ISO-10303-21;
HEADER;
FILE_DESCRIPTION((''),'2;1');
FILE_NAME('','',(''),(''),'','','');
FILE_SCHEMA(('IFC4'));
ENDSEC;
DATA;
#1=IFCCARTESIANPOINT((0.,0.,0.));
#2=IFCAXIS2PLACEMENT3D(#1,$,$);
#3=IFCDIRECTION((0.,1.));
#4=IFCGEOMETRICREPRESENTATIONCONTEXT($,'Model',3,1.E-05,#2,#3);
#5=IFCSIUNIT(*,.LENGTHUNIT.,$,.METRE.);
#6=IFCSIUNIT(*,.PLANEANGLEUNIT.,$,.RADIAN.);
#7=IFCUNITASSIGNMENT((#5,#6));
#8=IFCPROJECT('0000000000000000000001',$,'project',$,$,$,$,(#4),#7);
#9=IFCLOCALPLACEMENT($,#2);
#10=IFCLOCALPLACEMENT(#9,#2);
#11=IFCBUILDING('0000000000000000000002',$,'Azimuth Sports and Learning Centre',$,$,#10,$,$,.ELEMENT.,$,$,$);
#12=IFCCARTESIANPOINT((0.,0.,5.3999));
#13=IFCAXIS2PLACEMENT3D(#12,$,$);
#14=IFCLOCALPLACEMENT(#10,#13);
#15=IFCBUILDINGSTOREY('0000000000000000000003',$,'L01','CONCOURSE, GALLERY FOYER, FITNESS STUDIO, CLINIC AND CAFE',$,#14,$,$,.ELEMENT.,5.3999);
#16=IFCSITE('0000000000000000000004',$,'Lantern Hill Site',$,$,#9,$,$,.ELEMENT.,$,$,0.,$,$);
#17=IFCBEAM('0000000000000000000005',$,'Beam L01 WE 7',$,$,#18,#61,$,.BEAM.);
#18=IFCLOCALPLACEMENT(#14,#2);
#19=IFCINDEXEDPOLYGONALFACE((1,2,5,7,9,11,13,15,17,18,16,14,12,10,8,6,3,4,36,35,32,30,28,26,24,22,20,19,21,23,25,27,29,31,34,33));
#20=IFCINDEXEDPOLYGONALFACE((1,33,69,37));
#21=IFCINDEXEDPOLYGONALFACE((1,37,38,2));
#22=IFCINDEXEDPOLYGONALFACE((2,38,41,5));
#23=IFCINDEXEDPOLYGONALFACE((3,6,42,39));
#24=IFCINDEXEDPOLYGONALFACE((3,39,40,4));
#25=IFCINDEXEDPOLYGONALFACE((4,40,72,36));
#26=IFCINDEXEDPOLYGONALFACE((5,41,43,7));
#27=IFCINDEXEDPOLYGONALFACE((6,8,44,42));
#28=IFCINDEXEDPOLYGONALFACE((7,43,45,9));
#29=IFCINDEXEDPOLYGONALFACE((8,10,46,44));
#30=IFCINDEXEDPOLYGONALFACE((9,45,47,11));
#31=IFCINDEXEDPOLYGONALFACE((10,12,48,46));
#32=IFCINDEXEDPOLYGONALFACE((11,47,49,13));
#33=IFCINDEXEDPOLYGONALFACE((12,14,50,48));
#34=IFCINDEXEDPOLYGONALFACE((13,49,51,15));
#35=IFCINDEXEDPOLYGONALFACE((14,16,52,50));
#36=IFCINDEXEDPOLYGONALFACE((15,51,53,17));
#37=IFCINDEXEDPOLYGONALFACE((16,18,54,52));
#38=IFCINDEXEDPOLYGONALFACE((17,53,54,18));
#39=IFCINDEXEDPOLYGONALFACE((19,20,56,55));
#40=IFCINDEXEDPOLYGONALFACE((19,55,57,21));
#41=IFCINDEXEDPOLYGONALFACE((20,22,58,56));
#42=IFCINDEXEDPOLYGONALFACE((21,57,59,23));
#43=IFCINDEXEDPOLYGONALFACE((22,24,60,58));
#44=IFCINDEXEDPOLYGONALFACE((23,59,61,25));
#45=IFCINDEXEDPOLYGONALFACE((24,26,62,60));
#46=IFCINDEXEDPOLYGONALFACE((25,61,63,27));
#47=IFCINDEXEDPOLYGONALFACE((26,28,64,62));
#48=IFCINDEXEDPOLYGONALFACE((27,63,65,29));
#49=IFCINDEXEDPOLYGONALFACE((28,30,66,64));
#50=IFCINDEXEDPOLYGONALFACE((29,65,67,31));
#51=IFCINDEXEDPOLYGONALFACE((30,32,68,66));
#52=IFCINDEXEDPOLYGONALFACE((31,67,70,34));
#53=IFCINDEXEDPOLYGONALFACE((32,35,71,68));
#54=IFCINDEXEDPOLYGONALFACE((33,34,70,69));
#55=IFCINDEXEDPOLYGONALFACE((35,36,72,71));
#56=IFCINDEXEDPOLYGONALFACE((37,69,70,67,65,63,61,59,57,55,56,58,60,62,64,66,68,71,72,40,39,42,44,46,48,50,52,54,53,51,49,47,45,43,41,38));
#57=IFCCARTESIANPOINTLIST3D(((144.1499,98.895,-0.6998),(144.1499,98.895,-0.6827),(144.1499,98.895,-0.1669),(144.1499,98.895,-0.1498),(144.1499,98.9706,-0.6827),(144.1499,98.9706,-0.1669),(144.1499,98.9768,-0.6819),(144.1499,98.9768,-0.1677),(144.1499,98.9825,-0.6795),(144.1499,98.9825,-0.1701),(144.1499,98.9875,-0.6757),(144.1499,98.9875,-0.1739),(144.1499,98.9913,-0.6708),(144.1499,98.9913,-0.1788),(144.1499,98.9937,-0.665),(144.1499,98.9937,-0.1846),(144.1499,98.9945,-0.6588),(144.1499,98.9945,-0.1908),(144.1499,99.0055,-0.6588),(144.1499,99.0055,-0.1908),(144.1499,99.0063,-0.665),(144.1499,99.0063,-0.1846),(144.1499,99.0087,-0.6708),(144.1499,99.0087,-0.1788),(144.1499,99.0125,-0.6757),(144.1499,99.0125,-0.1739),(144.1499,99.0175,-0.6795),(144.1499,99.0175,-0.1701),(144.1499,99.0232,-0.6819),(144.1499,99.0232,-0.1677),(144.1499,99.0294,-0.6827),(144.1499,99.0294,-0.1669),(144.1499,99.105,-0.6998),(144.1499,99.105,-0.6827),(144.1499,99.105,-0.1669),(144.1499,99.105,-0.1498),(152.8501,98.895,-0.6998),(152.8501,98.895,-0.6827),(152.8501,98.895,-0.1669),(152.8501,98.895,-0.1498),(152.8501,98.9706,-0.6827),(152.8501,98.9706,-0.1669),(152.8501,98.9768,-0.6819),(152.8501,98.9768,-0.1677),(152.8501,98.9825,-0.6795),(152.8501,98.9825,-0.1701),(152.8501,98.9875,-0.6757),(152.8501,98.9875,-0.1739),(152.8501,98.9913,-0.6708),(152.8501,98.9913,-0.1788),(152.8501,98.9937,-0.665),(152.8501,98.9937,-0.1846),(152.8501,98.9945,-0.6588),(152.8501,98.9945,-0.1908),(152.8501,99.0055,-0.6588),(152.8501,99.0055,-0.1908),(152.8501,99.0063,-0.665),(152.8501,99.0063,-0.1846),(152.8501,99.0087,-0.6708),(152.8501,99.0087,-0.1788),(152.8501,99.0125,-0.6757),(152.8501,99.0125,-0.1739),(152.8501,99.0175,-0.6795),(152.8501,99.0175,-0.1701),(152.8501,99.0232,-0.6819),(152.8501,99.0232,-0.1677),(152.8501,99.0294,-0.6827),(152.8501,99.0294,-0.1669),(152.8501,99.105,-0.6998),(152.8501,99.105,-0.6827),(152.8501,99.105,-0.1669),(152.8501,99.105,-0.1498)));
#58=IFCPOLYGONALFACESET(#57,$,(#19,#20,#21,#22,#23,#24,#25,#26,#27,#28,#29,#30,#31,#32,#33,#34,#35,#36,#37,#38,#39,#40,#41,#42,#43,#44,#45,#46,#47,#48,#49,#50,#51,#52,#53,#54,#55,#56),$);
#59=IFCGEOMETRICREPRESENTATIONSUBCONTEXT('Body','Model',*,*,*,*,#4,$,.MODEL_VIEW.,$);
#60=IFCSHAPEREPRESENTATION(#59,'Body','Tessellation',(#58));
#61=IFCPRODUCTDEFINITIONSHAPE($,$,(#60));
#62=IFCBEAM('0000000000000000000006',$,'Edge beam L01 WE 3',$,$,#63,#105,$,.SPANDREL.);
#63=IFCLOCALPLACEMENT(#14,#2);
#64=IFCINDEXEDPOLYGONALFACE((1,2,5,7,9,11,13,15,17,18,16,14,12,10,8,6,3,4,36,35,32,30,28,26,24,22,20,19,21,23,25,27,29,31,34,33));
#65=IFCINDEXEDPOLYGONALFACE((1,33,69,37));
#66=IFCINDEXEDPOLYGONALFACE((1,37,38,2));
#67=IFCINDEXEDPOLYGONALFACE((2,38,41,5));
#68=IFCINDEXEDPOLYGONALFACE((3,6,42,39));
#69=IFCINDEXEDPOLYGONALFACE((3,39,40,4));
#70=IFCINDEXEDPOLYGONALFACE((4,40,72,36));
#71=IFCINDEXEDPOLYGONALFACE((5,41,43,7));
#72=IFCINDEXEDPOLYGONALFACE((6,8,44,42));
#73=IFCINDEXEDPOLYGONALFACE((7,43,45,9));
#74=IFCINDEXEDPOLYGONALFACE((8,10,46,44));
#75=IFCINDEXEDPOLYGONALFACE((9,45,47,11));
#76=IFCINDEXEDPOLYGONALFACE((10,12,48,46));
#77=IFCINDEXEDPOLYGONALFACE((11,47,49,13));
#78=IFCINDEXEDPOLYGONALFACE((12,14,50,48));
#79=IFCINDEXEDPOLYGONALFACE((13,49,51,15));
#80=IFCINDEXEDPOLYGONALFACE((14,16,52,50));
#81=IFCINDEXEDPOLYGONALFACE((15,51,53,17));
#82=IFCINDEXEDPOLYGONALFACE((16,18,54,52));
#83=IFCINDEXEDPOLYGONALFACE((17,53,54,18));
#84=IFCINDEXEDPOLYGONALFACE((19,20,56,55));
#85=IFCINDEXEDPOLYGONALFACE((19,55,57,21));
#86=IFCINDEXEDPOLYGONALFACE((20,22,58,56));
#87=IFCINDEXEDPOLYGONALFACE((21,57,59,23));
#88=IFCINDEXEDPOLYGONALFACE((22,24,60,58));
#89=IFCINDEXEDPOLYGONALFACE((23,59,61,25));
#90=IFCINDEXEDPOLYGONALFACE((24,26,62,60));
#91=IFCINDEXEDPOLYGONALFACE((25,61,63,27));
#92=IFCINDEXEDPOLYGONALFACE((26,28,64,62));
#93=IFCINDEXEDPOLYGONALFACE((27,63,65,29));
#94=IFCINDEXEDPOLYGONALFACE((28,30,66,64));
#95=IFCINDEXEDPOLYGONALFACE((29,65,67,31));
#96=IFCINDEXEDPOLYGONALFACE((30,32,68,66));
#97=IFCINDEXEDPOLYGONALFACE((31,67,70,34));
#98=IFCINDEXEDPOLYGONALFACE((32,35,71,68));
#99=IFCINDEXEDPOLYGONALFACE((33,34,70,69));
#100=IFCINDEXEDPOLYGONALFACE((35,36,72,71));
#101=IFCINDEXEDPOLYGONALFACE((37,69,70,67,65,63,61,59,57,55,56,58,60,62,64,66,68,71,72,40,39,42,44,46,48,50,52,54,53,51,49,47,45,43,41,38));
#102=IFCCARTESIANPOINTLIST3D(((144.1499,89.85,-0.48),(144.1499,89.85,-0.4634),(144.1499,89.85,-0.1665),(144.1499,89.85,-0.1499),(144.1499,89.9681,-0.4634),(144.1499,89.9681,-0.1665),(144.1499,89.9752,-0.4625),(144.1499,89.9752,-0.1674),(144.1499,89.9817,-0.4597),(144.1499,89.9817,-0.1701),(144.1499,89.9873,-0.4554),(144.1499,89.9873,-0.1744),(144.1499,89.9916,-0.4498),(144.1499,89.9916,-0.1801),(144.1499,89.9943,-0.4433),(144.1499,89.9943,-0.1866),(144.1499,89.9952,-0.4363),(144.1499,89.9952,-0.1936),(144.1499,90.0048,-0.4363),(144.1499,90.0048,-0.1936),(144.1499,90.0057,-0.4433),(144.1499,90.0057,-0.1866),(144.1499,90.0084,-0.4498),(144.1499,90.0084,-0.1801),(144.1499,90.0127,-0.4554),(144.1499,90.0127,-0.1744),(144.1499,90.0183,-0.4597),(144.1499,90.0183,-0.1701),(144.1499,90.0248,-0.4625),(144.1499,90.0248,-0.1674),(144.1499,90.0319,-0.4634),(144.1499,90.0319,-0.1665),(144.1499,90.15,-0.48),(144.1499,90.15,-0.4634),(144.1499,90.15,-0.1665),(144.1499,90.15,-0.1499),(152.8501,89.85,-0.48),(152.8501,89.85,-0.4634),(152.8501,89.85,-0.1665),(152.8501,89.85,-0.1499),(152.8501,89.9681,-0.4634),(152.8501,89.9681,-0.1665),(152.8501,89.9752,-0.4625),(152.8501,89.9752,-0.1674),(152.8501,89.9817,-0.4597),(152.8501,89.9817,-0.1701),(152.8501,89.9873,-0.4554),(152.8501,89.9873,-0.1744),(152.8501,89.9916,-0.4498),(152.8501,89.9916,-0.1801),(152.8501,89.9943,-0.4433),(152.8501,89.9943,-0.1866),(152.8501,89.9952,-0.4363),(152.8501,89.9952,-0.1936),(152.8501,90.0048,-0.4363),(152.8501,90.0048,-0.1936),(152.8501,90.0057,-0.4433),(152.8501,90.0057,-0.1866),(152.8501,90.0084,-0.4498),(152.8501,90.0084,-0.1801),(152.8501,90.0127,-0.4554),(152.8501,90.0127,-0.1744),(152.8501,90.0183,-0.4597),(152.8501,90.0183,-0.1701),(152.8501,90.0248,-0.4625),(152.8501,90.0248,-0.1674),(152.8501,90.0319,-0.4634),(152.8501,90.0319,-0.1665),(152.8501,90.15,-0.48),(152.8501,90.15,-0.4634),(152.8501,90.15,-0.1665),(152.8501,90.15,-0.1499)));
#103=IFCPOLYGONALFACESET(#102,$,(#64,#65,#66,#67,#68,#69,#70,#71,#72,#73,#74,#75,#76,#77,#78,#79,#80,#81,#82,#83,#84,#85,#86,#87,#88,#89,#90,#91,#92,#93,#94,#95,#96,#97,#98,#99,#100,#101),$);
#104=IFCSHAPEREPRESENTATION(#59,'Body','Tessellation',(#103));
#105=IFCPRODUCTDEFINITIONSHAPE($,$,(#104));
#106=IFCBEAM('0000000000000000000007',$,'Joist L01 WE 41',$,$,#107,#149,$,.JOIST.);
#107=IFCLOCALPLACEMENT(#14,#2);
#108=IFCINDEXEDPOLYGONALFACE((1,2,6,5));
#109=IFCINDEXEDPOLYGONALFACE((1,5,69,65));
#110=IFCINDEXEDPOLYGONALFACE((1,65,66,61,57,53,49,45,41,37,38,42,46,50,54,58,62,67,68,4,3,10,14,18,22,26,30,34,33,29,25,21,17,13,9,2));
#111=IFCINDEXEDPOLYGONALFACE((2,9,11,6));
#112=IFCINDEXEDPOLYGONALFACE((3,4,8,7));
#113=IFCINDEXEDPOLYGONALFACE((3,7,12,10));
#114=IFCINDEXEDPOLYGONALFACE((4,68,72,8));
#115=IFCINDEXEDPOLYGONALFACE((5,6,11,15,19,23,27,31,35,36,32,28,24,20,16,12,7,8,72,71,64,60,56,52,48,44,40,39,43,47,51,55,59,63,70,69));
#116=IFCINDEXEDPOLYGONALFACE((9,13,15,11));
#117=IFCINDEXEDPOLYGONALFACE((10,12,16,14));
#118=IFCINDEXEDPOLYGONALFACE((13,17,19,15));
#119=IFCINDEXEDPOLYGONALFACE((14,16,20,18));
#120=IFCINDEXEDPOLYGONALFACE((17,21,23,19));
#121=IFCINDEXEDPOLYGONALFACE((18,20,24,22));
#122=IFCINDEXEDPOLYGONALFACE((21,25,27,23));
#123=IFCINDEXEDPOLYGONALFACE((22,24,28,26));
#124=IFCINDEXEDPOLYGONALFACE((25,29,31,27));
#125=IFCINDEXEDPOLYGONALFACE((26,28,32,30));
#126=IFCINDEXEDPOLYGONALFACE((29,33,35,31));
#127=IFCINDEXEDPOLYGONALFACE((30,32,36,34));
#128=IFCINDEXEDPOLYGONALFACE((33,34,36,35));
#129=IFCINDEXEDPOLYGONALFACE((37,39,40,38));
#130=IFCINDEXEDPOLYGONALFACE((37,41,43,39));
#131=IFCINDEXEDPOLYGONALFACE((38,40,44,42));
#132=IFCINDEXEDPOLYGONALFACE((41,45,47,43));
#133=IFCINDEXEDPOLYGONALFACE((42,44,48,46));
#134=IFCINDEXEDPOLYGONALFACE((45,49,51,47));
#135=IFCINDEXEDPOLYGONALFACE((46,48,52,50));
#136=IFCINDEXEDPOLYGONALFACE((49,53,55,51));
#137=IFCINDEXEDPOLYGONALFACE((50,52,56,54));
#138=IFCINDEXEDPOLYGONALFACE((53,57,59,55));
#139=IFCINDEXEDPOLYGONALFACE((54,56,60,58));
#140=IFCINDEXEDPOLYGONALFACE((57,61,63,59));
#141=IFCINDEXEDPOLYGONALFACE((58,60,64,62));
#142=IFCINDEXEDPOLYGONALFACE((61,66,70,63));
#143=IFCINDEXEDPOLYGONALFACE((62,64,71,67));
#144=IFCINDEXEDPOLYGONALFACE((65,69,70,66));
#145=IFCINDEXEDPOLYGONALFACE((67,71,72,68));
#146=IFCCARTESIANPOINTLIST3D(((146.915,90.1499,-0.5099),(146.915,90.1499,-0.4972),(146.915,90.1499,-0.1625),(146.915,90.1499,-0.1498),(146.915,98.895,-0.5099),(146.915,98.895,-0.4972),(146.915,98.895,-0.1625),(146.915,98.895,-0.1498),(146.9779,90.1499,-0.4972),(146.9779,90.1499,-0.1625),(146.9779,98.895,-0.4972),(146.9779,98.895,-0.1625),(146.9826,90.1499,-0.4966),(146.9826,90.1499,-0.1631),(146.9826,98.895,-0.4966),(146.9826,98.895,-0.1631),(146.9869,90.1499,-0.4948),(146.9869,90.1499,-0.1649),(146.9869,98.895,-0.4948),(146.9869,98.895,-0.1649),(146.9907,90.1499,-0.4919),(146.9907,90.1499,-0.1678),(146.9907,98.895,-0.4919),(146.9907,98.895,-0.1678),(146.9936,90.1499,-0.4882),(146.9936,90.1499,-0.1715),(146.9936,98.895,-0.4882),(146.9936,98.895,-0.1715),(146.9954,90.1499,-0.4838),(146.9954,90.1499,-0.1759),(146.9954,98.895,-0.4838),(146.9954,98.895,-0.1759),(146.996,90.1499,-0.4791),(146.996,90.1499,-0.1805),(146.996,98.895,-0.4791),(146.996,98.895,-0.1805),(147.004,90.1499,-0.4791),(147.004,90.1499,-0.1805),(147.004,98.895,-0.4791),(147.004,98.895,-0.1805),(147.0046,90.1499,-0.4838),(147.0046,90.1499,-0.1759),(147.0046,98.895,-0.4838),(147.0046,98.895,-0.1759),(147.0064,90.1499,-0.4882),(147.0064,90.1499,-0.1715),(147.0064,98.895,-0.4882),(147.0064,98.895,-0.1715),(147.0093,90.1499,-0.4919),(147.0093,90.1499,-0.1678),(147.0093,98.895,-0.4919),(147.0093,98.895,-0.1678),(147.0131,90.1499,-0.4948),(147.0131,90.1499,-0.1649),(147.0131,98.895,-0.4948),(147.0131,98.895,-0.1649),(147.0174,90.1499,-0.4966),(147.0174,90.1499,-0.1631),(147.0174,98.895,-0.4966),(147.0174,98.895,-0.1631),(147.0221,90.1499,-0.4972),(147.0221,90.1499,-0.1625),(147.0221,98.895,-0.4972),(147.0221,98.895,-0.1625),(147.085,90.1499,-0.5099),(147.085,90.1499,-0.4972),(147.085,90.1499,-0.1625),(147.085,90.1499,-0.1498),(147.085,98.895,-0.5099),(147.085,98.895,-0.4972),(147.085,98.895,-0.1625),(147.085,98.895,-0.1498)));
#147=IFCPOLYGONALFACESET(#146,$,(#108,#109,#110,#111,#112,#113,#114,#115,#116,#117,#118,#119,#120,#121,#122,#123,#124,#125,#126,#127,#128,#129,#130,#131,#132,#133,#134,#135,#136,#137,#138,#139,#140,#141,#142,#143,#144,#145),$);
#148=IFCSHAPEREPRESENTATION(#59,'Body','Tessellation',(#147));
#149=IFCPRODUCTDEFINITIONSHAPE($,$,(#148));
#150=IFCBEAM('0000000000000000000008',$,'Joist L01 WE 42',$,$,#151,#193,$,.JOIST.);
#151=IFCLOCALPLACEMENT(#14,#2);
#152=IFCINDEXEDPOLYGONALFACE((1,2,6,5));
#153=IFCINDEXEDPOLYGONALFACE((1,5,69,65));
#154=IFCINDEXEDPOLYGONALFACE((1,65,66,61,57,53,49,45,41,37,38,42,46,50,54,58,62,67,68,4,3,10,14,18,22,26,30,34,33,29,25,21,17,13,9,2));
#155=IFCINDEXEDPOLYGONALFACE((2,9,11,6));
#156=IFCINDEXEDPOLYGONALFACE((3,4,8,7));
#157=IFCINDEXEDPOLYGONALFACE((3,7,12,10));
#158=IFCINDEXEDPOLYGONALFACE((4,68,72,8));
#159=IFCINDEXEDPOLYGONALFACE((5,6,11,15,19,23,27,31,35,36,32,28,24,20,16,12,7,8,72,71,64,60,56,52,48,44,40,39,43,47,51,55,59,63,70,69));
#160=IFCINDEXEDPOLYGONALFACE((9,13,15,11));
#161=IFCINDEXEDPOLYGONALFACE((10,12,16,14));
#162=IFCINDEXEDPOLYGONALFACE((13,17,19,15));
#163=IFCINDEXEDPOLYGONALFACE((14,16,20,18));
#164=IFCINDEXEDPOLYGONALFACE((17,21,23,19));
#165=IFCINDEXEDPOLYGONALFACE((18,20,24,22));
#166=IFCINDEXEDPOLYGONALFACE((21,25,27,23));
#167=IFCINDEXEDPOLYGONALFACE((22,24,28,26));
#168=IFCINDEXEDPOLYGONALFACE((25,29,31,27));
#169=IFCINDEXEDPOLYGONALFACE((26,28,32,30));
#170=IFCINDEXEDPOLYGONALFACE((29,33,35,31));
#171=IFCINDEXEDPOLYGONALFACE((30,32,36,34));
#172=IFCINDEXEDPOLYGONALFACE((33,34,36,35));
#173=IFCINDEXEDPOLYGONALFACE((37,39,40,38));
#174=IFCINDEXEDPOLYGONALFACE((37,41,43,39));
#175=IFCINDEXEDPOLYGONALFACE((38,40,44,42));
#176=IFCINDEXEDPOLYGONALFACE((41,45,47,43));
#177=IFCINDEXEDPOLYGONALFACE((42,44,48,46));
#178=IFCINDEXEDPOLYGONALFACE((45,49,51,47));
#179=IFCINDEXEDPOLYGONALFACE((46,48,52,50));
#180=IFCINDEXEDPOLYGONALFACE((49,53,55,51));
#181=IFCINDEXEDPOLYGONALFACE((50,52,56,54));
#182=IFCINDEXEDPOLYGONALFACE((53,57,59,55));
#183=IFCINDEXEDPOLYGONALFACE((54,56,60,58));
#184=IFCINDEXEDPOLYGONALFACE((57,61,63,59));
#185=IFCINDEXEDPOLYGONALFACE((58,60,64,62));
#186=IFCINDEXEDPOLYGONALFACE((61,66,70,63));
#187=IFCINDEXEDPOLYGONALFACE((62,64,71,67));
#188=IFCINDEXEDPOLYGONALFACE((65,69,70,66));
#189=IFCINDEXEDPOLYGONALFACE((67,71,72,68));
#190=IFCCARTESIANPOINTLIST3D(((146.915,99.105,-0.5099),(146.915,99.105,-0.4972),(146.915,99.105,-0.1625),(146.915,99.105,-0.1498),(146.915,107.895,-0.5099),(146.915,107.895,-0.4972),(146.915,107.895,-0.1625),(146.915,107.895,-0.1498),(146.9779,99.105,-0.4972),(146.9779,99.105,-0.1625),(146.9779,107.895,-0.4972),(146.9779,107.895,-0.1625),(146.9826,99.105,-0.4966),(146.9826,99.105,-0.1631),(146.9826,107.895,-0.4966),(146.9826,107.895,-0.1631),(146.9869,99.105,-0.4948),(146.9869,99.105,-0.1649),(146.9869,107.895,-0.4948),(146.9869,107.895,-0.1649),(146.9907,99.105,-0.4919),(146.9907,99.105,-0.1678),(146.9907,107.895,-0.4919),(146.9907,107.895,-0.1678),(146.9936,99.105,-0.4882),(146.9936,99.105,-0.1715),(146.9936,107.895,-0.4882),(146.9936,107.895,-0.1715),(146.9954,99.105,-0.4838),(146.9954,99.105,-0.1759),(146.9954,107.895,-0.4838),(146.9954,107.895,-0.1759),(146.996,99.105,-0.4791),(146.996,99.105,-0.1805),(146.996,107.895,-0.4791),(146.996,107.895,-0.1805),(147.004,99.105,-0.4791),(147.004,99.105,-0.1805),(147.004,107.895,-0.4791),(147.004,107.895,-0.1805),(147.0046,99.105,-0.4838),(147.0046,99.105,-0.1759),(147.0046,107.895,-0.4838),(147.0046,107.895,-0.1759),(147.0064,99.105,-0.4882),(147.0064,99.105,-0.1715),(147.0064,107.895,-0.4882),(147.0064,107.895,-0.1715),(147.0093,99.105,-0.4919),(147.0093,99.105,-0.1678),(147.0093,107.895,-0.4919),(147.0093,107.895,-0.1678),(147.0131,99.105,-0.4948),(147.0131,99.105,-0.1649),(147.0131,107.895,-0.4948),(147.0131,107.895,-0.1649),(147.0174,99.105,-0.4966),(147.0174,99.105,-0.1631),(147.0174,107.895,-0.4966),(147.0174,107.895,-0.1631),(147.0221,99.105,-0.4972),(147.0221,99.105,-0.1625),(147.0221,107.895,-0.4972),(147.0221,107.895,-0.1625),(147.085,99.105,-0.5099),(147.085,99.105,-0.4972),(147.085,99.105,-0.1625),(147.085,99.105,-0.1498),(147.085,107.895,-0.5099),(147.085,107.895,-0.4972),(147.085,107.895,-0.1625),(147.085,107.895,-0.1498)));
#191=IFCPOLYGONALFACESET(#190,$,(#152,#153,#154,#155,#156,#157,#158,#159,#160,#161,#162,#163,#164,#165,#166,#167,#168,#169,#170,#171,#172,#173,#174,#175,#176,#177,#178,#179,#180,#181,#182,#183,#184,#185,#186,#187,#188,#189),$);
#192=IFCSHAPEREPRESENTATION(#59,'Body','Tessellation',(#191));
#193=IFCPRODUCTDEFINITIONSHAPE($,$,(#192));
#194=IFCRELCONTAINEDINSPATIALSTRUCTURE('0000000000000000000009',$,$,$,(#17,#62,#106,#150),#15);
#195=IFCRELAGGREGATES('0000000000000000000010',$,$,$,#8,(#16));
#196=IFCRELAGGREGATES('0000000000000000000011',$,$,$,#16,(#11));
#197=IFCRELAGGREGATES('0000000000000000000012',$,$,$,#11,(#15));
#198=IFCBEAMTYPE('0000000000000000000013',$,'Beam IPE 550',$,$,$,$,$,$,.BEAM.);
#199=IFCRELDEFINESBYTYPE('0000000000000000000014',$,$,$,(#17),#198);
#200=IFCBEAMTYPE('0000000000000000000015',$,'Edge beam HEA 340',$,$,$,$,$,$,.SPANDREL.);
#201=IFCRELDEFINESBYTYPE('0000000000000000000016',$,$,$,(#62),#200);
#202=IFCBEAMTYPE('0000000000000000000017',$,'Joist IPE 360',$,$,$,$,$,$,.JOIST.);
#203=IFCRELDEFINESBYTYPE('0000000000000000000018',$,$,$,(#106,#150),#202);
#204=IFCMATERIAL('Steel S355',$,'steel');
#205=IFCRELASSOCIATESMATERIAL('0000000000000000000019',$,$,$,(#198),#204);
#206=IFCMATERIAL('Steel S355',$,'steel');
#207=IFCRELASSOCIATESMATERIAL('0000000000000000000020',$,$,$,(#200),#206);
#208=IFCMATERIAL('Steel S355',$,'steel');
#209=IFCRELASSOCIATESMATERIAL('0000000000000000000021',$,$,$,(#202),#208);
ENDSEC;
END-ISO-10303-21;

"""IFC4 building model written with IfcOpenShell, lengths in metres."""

from ifc_helpers import new_model, si_unit, direction, frame, origin, origin_2d, place, context, subcontext, project, spatial, i_section, extrude, material, material_profile, profile_set, type_object, element, save


model = new_model("IFC4")

# Units and contexts
model_context = context("Model", 3, precision=1e-05, world=origin(), true_north=direction((0.0, 1.0)))
body_context = subcontext(model_context, "Body", "Model", "MODEL_VIEW")
ifc_project = project(units=[si_unit("LENGTHUNIT", "METRE"), si_unit("PLANEANGLEUNIT", "RADIAN")], contexts=[model_context])

# Site, building, storey
site_placement = place(None, origin())
site = spatial("IfcSite", under=ifc_project, at=site_placement, Name="Lantern Hill Site", CompositionType="ELEMENT", RefElevation=0.0)
building_placement = place(site_placement, origin())
building = spatial("IfcBuilding", under=site, at=building_placement, Name="Azimuth Sports and Learning Centre", CompositionType="ELEMENT")
storey_placement = place(building_placement, frame((0.0, 0.0, 5.3999)))
storey = spatial("IfcBuildingStorey", under=building, at=storey_placement, Name="L01", Description="CONCOURSE, GALLERY FOYER, FITNESS STUDIO, CLINIC AND CAFE", CompositionType="ELEMENT", Elevation=5.3999)

# Beams
ifc_material_1 = material(Name="Steel S355", Category="steel")
ifc_material_profile_1 = material_profile(ifc_material_1, i_section(OverallWidth=0.21, OverallDepth=0.55, WebThickness=0.011, FlangeThickness=0.0171, FilletRadius=0.0239, at=origin_2d()), Name="IPE 550")
ifc_profile_set_1 = profile_set([ifc_material_profile_1], Name="Steel S355")
beam_type_1 = type_object("IfcBeamType", Name="Beam IPE 550", PredefinedType="BEAM", material=ifc_profile_set_1)
beam_1_placement = place(storey_placement, frame((144.1499, 99.0, -0.4248), z_axis=(1.0, 0.0, 0.0), x_axis=(0.0, 1.0, 0.0)))
element("IfcBeam", 1, at=beam_1_placement, inside=storey, type_object=beam_type_1, Name="Beam L01 WE 7", PredefinedType="BEAM", context=body_context, shape_type="SweptSolid", body=[
    extrude(i_section(OverallWidth=0.21, OverallDepth=0.55, WebThickness=0.011, FlangeThickness=0.0171, FilletRadius=0.0239, at=origin_2d()), origin(), (0.0, 0.0, 1.0), 8.7002),
])
ifc_material_2 = material(Name="Steel S355", Category="steel")
ifc_material_profile_2 = material_profile(ifc_material_2, i_section(OverallWidth=0.3, OverallDepth=0.3301, WebThickness=0.0095, FlangeThickness=0.0166, FilletRadius=0.0271, at=origin_2d()), Name="HEA 340")
ifc_profile_set_2 = profile_set([ifc_material_profile_2], Name="Steel S355")
beam_type_2 = type_object("IfcBeamType", Name="Edge beam HEA 340", PredefinedType="SPANDREL", material=ifc_profile_set_2)
beam_2_placement = place(storey_placement, frame((144.1499, 90.0, -0.3149), z_axis=(1.0, 0.0, 0.0), x_axis=(0.0, 1.0, 0.0)))
element("IfcBeam", 2, at=beam_2_placement, inside=storey, type_object=beam_type_2, Name="Edge beam L01 WE 3", PredefinedType="SPANDREL", context=body_context, shape_type="SweptSolid", body=[
    extrude(i_section(OverallWidth=0.3, OverallDepth=0.3301, WebThickness=0.0095, FlangeThickness=0.0166, FilletRadius=0.0271, at=origin_2d()), origin(), (0.0, 0.0, 1.0), 8.7002),
])
ifc_material_3 = material(Name="Steel S355", Category="steel")
ifc_material_profile_3 = material_profile(ifc_material_3, i_section(OverallWidth=0.1699, OverallDepth=0.3601, WebThickness=0.0081, FlangeThickness=0.0127, FilletRadius=0.0181, at=origin_2d()), Name="IPE 360")
ifc_profile_set_3 = profile_set([ifc_material_profile_3], Name="Steel S355")
beam_type_3 = type_object("IfcBeamType", Name="Joist IPE 360", PredefinedType="JOIST", material=ifc_profile_set_3)
beam_3_placement = place(storey_placement, frame((147.0, 90.1499, -0.3298), z_axis=(0.0, 1.0, 0.0), x_axis=(-1.0, 0.0, 0.0)))
element("IfcBeam", 3, at=beam_3_placement, inside=storey, type_object=beam_type_3, Name="Joist L01 WE 41", PredefinedType="JOIST", context=body_context, shape_type="SweptSolid", body=[
    extrude(i_section(OverallWidth=0.1699, OverallDepth=0.3601, WebThickness=0.0081, FlangeThickness=0.0127, FilletRadius=0.0181, at=origin_2d()), origin(), (0.0, 0.0, 1.0), 8.7451),
])
beam_4_placement = place(storey_placement, frame((147.0, 99.105, -0.3298), z_axis=(0.0, 1.0, 0.0), x_axis=(-1.0, 0.0, 0.0)))
element("IfcBeam", 4, at=beam_4_placement, inside=storey, type_object=beam_type_3, Name="Joist L01 WE 42", PredefinedType="JOIST", context=body_context, shape_type="SweptSolid", body=[
    extrude(i_section(OverallWidth=0.1699, OverallDepth=0.3601, WebThickness=0.0081, FlangeThickness=0.0127, FilletRadius=0.0181, at=origin_2d()), origin(), (0.0, 0.0, 1.0), 8.79),
])

save(model, "model.ifc")
